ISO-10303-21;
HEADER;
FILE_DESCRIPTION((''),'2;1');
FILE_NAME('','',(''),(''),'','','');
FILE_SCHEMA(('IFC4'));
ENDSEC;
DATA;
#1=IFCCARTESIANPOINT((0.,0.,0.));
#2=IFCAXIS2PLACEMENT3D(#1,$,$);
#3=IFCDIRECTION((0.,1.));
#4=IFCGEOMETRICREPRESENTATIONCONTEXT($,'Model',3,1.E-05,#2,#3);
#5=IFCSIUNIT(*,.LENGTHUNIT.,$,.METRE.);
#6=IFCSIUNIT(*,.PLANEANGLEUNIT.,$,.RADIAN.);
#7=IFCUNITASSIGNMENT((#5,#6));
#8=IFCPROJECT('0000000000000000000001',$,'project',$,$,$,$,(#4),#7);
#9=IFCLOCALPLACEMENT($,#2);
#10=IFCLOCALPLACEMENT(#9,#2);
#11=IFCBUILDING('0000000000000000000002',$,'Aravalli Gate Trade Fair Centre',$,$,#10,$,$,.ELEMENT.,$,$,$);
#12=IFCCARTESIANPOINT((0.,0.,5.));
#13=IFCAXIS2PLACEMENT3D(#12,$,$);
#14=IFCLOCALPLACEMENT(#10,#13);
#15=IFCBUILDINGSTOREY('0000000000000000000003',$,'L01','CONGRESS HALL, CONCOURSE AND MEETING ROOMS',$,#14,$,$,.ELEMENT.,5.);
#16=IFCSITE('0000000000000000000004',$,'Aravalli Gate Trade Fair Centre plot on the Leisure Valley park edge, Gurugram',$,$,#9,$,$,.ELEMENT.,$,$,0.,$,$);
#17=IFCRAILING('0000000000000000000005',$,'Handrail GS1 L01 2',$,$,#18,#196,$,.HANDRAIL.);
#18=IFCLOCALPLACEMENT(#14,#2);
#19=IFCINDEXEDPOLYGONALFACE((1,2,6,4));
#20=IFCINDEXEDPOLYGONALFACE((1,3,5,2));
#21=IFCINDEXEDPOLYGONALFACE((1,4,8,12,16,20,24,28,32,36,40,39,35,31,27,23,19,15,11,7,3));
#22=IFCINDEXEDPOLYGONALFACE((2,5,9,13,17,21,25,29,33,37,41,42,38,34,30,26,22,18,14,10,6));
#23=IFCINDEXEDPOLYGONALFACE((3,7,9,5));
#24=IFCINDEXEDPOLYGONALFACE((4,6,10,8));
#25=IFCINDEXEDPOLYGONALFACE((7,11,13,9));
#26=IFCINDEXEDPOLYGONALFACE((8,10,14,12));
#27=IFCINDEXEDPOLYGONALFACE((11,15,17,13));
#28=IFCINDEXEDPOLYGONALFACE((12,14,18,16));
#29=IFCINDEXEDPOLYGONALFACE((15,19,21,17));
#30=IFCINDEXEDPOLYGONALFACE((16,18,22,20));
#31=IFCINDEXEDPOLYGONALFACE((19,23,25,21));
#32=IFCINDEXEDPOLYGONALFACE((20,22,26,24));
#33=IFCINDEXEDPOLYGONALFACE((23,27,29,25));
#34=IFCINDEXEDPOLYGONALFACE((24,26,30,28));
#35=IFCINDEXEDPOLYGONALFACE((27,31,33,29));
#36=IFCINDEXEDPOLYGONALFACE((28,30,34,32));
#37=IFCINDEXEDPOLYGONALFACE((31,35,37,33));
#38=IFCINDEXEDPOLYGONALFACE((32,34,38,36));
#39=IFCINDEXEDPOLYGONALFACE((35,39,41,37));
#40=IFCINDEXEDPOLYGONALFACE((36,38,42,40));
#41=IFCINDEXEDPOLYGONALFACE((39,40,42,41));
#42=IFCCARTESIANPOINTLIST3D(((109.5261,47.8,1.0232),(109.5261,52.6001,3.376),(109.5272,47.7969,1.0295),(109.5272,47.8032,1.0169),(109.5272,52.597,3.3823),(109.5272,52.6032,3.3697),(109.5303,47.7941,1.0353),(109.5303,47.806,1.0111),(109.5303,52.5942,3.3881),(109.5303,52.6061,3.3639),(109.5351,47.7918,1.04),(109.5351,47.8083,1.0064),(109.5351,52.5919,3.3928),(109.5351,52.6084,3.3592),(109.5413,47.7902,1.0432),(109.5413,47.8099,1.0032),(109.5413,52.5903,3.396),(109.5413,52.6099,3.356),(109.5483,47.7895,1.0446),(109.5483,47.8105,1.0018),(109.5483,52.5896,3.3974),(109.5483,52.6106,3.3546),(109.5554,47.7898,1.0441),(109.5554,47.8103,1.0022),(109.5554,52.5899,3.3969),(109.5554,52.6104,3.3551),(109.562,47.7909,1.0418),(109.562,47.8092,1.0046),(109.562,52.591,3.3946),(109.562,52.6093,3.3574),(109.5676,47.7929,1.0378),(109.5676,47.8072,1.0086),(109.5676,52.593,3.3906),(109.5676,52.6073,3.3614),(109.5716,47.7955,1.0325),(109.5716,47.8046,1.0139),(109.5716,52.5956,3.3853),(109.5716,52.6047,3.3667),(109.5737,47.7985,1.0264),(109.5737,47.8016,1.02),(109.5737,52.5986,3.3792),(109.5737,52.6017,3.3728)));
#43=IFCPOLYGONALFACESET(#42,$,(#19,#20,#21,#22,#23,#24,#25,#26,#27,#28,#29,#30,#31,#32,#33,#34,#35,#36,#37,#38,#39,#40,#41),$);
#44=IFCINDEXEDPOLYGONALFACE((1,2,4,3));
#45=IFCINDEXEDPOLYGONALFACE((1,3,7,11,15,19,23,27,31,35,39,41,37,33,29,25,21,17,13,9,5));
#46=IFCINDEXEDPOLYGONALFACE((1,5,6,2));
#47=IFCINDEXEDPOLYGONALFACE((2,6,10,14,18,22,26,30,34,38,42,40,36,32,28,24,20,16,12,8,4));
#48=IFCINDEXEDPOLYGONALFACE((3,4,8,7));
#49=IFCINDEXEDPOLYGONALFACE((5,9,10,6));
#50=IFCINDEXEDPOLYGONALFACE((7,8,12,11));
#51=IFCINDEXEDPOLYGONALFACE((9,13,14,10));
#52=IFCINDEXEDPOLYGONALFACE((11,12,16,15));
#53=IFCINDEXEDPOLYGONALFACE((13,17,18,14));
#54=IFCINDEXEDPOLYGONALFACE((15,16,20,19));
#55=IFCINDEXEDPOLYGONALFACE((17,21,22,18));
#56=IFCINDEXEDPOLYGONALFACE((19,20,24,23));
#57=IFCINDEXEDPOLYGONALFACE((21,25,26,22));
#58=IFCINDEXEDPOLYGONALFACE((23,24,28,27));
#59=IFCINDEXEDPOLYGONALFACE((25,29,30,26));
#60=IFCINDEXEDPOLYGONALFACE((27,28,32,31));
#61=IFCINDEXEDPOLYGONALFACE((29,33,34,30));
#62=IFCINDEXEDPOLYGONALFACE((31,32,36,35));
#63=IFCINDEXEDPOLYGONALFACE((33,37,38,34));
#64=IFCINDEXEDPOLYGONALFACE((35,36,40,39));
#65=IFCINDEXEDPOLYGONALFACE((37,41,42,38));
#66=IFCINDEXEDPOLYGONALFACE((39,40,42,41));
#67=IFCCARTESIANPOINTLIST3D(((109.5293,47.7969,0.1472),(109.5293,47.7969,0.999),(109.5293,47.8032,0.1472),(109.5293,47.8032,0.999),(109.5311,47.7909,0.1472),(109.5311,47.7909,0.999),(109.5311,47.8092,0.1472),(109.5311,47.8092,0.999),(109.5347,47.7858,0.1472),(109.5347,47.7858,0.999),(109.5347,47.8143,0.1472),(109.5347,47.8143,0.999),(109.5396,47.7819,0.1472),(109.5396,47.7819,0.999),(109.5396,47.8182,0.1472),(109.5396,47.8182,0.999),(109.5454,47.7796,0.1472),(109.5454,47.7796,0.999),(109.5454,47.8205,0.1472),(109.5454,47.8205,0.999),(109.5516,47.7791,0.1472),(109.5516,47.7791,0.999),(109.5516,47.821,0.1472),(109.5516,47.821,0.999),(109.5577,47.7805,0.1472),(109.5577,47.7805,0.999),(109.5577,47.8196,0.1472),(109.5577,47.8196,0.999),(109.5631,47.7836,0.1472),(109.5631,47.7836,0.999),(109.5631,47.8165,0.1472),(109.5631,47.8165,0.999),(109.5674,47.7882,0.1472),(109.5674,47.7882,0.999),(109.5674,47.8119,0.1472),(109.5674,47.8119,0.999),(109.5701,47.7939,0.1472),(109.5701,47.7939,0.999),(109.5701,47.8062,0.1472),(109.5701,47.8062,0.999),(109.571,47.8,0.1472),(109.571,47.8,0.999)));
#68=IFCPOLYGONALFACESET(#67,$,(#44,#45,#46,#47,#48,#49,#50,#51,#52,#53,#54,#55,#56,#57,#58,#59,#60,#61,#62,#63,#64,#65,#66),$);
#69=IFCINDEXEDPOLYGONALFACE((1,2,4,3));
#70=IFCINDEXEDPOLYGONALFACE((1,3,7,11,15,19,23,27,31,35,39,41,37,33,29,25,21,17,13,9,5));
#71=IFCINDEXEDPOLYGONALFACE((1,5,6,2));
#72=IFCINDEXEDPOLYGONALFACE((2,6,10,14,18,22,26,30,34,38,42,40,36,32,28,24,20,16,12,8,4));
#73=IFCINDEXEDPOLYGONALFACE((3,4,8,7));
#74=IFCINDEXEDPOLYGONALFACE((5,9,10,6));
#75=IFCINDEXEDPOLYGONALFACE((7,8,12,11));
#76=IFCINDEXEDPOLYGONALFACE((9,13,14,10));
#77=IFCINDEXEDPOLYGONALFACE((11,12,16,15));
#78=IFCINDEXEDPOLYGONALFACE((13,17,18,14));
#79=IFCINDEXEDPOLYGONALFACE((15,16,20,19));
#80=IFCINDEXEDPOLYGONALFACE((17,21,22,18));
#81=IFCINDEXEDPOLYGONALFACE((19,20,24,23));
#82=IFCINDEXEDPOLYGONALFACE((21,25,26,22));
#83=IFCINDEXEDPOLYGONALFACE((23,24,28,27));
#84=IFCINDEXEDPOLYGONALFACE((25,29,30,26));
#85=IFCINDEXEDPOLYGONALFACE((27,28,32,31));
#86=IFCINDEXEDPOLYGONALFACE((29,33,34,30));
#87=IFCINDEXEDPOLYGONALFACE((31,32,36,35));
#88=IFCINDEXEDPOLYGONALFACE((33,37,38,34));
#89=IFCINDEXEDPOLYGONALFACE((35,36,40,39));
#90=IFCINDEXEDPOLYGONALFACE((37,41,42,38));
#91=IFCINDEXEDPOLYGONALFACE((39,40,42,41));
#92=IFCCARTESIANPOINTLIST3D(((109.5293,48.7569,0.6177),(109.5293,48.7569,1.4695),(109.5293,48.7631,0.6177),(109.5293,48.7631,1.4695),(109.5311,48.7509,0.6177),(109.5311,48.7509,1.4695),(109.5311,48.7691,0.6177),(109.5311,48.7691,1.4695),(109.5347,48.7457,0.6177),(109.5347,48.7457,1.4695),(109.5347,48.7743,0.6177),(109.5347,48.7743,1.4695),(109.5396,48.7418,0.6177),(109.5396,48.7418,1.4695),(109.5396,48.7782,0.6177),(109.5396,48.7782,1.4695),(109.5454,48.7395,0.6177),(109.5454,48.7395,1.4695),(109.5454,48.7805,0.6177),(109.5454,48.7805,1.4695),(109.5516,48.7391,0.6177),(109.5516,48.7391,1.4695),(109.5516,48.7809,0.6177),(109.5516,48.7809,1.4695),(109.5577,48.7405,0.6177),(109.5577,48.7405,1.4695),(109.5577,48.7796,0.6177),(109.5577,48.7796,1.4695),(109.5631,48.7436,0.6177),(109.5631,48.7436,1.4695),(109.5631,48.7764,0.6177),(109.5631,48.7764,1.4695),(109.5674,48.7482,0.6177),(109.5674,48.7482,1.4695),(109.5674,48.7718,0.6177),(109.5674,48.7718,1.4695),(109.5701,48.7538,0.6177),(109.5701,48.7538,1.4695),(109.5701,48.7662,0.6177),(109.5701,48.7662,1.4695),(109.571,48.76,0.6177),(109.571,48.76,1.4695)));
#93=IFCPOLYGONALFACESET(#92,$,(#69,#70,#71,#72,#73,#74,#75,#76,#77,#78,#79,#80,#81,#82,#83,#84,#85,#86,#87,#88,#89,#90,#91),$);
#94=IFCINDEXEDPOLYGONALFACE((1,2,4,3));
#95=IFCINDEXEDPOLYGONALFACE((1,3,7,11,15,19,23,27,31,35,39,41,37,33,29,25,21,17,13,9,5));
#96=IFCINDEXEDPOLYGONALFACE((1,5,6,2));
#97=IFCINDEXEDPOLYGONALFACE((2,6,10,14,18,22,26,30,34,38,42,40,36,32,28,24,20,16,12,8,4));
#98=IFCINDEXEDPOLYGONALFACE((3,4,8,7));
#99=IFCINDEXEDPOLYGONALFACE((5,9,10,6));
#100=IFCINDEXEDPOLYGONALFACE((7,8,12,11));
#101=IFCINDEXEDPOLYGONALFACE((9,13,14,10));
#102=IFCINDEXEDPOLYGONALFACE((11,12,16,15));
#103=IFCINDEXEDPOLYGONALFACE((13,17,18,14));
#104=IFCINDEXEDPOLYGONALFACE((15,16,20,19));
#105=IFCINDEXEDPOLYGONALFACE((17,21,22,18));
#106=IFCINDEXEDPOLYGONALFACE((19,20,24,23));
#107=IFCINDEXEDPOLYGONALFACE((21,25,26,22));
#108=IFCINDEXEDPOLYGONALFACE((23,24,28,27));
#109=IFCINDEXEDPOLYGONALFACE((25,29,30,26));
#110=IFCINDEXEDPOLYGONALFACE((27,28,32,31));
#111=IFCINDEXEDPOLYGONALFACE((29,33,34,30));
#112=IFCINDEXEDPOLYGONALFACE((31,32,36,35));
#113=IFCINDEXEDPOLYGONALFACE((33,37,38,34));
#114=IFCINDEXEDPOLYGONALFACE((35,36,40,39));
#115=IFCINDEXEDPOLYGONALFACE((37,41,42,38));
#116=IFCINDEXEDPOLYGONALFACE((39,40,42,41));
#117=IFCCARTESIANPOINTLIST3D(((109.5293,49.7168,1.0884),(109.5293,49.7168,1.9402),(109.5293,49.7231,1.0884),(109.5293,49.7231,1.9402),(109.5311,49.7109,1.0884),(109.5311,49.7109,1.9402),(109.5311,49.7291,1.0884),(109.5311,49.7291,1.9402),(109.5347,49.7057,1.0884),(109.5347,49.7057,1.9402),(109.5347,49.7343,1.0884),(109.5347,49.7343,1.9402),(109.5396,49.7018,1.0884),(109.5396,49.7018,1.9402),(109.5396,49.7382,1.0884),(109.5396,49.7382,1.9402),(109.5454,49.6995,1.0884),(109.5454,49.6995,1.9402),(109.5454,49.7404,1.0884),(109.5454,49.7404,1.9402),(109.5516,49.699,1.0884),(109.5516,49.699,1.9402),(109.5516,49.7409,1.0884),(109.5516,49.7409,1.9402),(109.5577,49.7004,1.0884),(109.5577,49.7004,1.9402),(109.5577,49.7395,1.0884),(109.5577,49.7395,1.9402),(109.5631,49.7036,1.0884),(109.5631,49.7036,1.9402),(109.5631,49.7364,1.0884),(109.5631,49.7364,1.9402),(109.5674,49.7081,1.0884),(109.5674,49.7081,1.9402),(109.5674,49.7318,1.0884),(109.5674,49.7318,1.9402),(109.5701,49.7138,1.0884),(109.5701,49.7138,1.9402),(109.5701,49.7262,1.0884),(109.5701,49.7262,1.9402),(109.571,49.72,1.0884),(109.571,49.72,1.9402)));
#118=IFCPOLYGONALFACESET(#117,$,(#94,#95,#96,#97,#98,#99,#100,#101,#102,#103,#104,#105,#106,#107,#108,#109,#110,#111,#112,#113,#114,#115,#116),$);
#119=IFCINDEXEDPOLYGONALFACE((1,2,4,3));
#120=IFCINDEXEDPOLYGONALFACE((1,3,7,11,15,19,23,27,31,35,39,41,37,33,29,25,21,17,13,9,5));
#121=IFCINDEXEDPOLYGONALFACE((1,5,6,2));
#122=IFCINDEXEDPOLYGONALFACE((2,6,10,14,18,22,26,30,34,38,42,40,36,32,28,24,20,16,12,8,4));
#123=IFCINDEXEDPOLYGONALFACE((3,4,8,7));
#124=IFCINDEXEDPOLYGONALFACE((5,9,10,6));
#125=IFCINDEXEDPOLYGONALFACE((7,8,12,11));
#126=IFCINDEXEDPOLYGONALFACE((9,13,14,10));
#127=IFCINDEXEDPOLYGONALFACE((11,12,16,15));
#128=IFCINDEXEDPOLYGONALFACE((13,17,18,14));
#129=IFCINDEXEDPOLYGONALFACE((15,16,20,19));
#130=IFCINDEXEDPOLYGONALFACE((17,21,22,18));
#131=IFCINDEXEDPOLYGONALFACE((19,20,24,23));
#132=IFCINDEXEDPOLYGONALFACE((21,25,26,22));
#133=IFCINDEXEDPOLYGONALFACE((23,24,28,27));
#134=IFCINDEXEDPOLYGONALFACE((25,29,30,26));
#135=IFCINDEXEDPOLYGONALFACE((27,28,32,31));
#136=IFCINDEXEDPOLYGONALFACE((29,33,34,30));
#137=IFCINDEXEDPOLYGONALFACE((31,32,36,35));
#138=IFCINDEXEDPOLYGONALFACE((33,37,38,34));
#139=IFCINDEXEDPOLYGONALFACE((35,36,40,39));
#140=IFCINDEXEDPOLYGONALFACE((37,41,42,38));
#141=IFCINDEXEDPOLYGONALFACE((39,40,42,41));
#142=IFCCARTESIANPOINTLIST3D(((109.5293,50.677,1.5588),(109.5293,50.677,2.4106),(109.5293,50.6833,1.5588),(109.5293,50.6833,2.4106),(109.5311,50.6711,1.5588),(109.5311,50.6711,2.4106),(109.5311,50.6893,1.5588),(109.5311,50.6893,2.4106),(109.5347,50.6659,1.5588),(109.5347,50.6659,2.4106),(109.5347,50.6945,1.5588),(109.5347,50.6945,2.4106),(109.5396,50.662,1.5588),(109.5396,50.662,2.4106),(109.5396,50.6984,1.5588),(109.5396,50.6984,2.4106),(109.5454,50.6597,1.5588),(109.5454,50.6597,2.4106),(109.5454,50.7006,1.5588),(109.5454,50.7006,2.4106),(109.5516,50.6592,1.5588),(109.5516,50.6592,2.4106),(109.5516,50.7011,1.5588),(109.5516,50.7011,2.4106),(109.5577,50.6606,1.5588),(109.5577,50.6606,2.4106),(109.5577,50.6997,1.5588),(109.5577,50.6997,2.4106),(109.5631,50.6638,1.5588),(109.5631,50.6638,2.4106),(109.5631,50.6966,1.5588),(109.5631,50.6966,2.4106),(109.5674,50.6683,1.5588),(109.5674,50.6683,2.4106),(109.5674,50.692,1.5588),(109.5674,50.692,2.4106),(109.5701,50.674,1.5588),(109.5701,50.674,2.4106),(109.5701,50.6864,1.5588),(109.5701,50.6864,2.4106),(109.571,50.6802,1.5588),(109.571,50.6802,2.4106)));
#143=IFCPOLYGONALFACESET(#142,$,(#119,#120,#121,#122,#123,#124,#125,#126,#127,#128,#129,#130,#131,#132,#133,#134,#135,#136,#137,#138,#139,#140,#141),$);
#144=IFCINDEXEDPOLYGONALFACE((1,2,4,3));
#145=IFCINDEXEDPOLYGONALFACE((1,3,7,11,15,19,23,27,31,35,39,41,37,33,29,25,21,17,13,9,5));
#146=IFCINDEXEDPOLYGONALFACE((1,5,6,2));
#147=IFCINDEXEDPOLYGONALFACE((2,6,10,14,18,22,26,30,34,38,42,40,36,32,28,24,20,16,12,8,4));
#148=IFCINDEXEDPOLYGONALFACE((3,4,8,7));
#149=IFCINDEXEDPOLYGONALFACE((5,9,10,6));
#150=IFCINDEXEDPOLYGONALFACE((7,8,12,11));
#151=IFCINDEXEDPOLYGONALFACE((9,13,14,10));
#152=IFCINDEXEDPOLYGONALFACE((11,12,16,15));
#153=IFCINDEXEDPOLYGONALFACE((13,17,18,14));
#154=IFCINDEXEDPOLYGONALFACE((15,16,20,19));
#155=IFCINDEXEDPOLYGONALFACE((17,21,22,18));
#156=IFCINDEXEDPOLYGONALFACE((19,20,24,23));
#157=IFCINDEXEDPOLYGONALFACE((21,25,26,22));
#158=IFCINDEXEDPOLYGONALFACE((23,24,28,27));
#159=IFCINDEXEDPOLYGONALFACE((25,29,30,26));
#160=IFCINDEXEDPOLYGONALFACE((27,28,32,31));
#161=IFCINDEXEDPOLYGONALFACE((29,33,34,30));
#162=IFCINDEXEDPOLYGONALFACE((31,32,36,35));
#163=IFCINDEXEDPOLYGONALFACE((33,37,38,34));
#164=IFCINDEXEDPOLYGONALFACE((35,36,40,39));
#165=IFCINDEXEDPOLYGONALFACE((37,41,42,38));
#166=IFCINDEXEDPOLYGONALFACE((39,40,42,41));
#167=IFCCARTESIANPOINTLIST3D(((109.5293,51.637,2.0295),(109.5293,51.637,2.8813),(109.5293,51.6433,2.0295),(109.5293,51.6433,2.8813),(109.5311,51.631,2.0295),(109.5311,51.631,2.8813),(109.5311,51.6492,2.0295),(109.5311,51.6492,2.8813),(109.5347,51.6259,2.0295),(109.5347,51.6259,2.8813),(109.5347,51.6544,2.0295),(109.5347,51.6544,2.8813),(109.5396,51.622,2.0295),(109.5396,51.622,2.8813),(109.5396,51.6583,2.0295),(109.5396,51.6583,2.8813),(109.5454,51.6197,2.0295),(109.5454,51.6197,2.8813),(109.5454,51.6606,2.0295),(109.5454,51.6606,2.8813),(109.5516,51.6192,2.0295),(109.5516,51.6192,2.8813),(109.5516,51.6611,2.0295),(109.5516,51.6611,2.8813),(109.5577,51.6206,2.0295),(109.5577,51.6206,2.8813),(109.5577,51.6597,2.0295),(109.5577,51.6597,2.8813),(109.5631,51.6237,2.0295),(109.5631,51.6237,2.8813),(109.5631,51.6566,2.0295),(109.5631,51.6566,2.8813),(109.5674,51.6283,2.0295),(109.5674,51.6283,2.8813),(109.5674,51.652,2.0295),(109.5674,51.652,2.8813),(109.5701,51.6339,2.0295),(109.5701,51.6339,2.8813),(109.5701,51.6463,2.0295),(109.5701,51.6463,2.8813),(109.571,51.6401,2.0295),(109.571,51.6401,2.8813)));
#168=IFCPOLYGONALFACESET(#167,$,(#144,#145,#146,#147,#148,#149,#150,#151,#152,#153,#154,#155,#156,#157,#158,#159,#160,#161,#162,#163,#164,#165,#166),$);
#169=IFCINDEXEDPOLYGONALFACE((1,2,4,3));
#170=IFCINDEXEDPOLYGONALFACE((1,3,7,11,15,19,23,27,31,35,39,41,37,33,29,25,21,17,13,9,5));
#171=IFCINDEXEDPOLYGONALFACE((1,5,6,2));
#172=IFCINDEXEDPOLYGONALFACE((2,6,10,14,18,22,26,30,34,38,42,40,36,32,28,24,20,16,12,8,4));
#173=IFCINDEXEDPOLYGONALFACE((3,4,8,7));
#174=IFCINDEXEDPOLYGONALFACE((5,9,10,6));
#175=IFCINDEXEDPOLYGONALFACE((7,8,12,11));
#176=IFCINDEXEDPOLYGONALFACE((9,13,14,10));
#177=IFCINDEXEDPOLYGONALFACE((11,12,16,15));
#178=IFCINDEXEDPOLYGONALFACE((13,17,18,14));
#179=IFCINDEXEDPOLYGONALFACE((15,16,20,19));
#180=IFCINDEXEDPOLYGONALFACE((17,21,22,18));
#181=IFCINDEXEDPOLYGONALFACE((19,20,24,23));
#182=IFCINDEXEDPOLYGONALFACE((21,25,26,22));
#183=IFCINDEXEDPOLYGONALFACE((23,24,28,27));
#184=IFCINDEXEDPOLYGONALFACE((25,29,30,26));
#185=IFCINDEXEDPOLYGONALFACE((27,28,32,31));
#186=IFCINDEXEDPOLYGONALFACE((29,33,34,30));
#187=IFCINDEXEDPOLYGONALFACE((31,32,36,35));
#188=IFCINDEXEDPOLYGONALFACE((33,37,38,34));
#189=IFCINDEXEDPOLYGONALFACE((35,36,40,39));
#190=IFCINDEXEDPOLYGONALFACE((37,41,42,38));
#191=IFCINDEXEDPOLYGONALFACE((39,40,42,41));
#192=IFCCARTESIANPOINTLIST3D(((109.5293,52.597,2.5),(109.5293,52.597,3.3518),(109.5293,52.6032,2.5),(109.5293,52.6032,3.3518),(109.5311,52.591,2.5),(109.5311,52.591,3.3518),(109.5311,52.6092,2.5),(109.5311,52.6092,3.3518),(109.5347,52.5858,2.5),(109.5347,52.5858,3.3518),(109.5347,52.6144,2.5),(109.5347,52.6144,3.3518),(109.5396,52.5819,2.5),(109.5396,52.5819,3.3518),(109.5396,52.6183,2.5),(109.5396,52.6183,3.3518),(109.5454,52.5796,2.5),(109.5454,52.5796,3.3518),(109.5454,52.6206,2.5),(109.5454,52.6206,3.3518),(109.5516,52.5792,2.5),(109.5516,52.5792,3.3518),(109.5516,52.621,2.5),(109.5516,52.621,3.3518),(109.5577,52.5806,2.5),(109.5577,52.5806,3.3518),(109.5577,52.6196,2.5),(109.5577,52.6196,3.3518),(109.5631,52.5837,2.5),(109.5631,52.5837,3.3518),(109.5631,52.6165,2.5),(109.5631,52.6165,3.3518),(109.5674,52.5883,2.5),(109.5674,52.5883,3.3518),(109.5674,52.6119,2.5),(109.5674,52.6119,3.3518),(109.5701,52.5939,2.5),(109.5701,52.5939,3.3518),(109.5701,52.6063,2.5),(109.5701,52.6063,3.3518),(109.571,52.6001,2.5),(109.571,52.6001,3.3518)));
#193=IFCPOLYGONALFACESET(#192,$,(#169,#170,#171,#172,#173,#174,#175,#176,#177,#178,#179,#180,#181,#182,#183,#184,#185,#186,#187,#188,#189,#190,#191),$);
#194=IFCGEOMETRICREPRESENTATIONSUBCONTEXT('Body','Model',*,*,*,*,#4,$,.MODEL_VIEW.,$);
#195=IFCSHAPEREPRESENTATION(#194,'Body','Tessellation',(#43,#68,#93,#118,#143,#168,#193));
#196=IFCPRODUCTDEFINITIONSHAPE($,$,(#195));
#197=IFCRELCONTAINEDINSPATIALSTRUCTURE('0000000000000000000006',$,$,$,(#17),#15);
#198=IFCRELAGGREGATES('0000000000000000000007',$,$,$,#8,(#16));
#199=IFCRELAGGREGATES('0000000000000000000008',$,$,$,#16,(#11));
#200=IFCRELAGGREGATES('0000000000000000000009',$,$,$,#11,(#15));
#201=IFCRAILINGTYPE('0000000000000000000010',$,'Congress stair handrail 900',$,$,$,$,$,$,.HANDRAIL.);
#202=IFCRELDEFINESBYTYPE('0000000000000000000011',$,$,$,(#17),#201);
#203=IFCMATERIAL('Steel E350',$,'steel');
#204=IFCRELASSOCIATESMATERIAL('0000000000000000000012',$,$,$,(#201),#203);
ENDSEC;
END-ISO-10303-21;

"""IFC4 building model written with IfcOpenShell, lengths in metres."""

from ifc_helpers import new_model, si_unit, direction, frame, origin, origin_2d, place, context, subcontext, project, spatial, circle, extrude, material, type_object, element, save


model = new_model("IFC4")

# Units and contexts
model_context = context("Model", 3, precision=1e-05, world=origin(), true_north=direction((0.0, 1.0)))
body_context = subcontext(model_context, "Body", "Model", "MODEL_VIEW")
ifc_project = project(units=[si_unit("LENGTHUNIT", "METRE"), si_unit("PLANEANGLEUNIT", "RADIAN")], contexts=[model_context])

# Site, building, storey
site_placement = place(None, origin())
site = spatial("IfcSite", under=ifc_project, at=site_placement, Name="Aravalli Gate Trade Fair Centre plot on the Leisure Valley park edge, Gurugram", CompositionType="ELEMENT", RefElevation=0.0)
building_placement = place(site_placement, origin())
building = spatial("IfcBuilding", under=site, at=building_placement, Name="Aravalli Gate Trade Fair Centre", CompositionType="ELEMENT")
storey_placement = place(building_placement, frame((0.0, 0.0, 5.0)))
storey = spatial("IfcBuildingStorey", under=building, at=storey_placement, Name="L01", Description="CONGRESS HALL, CONCOURSE AND MEETING ROOMS", CompositionType="ELEMENT", Elevation=5.0)

# Railing
ifc_material_1 = material(Name="Steel E350", Category="steel")
railing_type = type_object("IfcRailingType", Name="Congress stair handrail 900", PredefinedType="HANDRAIL", material=ifc_material_1)
for number, where, name in (
    (1, (109.55, 47.8, 0.1472), "Handrail GS1 L01 2"),
):
    element("IfcRailing", number, at=place(storey_placement, frame(where)), inside=storey, type_object=railing_type, Name=name, PredefinedType="HANDRAIL", context=body_context, shape_type="SweptSolid", body=[
        extrude(circle(Radius=0.0239, at=origin_2d()), frame((0.0, 0.0, 0.876), z_axis=(0.0, 0.897934, 0.44013), x_axis=(-1.0, 0.0, 0.0)), (0.0, 0.0, 1.0), 5.3457),
        extrude(circle(Radius=0.021, at=origin_2d()), origin(), (0.0, 0.0, 1.0), 0.8518),
        extrude(circle(Radius=0.021, at=origin_2d()), frame((0.0, 0.96, 0.4705)), (0.0, 0.0, 1.0), 0.8518),
        extrude(circle(Radius=0.021, at=origin_2d()), frame((0.0, 1.9199, 0.9412)), (0.0, 0.0, 1.0), 0.8518),
        extrude(circle(Radius=0.021, at=origin_2d()), frame((0.0, 2.8801, 1.4116)), (0.0, 0.0, 1.0), 0.8518),
        extrude(circle(Radius=0.021, at=origin_2d()), frame((0.0, 3.8401, 1.8823)), (0.0, 0.0, 1.0), 0.8518),
        extrude(circle(Radius=0.021, at=origin_2d()), frame((0.0, 4.8, 2.3528)), (0.0, 0.0, 1.0), 0.8518),
    ])

save(model, "model.ifc")
